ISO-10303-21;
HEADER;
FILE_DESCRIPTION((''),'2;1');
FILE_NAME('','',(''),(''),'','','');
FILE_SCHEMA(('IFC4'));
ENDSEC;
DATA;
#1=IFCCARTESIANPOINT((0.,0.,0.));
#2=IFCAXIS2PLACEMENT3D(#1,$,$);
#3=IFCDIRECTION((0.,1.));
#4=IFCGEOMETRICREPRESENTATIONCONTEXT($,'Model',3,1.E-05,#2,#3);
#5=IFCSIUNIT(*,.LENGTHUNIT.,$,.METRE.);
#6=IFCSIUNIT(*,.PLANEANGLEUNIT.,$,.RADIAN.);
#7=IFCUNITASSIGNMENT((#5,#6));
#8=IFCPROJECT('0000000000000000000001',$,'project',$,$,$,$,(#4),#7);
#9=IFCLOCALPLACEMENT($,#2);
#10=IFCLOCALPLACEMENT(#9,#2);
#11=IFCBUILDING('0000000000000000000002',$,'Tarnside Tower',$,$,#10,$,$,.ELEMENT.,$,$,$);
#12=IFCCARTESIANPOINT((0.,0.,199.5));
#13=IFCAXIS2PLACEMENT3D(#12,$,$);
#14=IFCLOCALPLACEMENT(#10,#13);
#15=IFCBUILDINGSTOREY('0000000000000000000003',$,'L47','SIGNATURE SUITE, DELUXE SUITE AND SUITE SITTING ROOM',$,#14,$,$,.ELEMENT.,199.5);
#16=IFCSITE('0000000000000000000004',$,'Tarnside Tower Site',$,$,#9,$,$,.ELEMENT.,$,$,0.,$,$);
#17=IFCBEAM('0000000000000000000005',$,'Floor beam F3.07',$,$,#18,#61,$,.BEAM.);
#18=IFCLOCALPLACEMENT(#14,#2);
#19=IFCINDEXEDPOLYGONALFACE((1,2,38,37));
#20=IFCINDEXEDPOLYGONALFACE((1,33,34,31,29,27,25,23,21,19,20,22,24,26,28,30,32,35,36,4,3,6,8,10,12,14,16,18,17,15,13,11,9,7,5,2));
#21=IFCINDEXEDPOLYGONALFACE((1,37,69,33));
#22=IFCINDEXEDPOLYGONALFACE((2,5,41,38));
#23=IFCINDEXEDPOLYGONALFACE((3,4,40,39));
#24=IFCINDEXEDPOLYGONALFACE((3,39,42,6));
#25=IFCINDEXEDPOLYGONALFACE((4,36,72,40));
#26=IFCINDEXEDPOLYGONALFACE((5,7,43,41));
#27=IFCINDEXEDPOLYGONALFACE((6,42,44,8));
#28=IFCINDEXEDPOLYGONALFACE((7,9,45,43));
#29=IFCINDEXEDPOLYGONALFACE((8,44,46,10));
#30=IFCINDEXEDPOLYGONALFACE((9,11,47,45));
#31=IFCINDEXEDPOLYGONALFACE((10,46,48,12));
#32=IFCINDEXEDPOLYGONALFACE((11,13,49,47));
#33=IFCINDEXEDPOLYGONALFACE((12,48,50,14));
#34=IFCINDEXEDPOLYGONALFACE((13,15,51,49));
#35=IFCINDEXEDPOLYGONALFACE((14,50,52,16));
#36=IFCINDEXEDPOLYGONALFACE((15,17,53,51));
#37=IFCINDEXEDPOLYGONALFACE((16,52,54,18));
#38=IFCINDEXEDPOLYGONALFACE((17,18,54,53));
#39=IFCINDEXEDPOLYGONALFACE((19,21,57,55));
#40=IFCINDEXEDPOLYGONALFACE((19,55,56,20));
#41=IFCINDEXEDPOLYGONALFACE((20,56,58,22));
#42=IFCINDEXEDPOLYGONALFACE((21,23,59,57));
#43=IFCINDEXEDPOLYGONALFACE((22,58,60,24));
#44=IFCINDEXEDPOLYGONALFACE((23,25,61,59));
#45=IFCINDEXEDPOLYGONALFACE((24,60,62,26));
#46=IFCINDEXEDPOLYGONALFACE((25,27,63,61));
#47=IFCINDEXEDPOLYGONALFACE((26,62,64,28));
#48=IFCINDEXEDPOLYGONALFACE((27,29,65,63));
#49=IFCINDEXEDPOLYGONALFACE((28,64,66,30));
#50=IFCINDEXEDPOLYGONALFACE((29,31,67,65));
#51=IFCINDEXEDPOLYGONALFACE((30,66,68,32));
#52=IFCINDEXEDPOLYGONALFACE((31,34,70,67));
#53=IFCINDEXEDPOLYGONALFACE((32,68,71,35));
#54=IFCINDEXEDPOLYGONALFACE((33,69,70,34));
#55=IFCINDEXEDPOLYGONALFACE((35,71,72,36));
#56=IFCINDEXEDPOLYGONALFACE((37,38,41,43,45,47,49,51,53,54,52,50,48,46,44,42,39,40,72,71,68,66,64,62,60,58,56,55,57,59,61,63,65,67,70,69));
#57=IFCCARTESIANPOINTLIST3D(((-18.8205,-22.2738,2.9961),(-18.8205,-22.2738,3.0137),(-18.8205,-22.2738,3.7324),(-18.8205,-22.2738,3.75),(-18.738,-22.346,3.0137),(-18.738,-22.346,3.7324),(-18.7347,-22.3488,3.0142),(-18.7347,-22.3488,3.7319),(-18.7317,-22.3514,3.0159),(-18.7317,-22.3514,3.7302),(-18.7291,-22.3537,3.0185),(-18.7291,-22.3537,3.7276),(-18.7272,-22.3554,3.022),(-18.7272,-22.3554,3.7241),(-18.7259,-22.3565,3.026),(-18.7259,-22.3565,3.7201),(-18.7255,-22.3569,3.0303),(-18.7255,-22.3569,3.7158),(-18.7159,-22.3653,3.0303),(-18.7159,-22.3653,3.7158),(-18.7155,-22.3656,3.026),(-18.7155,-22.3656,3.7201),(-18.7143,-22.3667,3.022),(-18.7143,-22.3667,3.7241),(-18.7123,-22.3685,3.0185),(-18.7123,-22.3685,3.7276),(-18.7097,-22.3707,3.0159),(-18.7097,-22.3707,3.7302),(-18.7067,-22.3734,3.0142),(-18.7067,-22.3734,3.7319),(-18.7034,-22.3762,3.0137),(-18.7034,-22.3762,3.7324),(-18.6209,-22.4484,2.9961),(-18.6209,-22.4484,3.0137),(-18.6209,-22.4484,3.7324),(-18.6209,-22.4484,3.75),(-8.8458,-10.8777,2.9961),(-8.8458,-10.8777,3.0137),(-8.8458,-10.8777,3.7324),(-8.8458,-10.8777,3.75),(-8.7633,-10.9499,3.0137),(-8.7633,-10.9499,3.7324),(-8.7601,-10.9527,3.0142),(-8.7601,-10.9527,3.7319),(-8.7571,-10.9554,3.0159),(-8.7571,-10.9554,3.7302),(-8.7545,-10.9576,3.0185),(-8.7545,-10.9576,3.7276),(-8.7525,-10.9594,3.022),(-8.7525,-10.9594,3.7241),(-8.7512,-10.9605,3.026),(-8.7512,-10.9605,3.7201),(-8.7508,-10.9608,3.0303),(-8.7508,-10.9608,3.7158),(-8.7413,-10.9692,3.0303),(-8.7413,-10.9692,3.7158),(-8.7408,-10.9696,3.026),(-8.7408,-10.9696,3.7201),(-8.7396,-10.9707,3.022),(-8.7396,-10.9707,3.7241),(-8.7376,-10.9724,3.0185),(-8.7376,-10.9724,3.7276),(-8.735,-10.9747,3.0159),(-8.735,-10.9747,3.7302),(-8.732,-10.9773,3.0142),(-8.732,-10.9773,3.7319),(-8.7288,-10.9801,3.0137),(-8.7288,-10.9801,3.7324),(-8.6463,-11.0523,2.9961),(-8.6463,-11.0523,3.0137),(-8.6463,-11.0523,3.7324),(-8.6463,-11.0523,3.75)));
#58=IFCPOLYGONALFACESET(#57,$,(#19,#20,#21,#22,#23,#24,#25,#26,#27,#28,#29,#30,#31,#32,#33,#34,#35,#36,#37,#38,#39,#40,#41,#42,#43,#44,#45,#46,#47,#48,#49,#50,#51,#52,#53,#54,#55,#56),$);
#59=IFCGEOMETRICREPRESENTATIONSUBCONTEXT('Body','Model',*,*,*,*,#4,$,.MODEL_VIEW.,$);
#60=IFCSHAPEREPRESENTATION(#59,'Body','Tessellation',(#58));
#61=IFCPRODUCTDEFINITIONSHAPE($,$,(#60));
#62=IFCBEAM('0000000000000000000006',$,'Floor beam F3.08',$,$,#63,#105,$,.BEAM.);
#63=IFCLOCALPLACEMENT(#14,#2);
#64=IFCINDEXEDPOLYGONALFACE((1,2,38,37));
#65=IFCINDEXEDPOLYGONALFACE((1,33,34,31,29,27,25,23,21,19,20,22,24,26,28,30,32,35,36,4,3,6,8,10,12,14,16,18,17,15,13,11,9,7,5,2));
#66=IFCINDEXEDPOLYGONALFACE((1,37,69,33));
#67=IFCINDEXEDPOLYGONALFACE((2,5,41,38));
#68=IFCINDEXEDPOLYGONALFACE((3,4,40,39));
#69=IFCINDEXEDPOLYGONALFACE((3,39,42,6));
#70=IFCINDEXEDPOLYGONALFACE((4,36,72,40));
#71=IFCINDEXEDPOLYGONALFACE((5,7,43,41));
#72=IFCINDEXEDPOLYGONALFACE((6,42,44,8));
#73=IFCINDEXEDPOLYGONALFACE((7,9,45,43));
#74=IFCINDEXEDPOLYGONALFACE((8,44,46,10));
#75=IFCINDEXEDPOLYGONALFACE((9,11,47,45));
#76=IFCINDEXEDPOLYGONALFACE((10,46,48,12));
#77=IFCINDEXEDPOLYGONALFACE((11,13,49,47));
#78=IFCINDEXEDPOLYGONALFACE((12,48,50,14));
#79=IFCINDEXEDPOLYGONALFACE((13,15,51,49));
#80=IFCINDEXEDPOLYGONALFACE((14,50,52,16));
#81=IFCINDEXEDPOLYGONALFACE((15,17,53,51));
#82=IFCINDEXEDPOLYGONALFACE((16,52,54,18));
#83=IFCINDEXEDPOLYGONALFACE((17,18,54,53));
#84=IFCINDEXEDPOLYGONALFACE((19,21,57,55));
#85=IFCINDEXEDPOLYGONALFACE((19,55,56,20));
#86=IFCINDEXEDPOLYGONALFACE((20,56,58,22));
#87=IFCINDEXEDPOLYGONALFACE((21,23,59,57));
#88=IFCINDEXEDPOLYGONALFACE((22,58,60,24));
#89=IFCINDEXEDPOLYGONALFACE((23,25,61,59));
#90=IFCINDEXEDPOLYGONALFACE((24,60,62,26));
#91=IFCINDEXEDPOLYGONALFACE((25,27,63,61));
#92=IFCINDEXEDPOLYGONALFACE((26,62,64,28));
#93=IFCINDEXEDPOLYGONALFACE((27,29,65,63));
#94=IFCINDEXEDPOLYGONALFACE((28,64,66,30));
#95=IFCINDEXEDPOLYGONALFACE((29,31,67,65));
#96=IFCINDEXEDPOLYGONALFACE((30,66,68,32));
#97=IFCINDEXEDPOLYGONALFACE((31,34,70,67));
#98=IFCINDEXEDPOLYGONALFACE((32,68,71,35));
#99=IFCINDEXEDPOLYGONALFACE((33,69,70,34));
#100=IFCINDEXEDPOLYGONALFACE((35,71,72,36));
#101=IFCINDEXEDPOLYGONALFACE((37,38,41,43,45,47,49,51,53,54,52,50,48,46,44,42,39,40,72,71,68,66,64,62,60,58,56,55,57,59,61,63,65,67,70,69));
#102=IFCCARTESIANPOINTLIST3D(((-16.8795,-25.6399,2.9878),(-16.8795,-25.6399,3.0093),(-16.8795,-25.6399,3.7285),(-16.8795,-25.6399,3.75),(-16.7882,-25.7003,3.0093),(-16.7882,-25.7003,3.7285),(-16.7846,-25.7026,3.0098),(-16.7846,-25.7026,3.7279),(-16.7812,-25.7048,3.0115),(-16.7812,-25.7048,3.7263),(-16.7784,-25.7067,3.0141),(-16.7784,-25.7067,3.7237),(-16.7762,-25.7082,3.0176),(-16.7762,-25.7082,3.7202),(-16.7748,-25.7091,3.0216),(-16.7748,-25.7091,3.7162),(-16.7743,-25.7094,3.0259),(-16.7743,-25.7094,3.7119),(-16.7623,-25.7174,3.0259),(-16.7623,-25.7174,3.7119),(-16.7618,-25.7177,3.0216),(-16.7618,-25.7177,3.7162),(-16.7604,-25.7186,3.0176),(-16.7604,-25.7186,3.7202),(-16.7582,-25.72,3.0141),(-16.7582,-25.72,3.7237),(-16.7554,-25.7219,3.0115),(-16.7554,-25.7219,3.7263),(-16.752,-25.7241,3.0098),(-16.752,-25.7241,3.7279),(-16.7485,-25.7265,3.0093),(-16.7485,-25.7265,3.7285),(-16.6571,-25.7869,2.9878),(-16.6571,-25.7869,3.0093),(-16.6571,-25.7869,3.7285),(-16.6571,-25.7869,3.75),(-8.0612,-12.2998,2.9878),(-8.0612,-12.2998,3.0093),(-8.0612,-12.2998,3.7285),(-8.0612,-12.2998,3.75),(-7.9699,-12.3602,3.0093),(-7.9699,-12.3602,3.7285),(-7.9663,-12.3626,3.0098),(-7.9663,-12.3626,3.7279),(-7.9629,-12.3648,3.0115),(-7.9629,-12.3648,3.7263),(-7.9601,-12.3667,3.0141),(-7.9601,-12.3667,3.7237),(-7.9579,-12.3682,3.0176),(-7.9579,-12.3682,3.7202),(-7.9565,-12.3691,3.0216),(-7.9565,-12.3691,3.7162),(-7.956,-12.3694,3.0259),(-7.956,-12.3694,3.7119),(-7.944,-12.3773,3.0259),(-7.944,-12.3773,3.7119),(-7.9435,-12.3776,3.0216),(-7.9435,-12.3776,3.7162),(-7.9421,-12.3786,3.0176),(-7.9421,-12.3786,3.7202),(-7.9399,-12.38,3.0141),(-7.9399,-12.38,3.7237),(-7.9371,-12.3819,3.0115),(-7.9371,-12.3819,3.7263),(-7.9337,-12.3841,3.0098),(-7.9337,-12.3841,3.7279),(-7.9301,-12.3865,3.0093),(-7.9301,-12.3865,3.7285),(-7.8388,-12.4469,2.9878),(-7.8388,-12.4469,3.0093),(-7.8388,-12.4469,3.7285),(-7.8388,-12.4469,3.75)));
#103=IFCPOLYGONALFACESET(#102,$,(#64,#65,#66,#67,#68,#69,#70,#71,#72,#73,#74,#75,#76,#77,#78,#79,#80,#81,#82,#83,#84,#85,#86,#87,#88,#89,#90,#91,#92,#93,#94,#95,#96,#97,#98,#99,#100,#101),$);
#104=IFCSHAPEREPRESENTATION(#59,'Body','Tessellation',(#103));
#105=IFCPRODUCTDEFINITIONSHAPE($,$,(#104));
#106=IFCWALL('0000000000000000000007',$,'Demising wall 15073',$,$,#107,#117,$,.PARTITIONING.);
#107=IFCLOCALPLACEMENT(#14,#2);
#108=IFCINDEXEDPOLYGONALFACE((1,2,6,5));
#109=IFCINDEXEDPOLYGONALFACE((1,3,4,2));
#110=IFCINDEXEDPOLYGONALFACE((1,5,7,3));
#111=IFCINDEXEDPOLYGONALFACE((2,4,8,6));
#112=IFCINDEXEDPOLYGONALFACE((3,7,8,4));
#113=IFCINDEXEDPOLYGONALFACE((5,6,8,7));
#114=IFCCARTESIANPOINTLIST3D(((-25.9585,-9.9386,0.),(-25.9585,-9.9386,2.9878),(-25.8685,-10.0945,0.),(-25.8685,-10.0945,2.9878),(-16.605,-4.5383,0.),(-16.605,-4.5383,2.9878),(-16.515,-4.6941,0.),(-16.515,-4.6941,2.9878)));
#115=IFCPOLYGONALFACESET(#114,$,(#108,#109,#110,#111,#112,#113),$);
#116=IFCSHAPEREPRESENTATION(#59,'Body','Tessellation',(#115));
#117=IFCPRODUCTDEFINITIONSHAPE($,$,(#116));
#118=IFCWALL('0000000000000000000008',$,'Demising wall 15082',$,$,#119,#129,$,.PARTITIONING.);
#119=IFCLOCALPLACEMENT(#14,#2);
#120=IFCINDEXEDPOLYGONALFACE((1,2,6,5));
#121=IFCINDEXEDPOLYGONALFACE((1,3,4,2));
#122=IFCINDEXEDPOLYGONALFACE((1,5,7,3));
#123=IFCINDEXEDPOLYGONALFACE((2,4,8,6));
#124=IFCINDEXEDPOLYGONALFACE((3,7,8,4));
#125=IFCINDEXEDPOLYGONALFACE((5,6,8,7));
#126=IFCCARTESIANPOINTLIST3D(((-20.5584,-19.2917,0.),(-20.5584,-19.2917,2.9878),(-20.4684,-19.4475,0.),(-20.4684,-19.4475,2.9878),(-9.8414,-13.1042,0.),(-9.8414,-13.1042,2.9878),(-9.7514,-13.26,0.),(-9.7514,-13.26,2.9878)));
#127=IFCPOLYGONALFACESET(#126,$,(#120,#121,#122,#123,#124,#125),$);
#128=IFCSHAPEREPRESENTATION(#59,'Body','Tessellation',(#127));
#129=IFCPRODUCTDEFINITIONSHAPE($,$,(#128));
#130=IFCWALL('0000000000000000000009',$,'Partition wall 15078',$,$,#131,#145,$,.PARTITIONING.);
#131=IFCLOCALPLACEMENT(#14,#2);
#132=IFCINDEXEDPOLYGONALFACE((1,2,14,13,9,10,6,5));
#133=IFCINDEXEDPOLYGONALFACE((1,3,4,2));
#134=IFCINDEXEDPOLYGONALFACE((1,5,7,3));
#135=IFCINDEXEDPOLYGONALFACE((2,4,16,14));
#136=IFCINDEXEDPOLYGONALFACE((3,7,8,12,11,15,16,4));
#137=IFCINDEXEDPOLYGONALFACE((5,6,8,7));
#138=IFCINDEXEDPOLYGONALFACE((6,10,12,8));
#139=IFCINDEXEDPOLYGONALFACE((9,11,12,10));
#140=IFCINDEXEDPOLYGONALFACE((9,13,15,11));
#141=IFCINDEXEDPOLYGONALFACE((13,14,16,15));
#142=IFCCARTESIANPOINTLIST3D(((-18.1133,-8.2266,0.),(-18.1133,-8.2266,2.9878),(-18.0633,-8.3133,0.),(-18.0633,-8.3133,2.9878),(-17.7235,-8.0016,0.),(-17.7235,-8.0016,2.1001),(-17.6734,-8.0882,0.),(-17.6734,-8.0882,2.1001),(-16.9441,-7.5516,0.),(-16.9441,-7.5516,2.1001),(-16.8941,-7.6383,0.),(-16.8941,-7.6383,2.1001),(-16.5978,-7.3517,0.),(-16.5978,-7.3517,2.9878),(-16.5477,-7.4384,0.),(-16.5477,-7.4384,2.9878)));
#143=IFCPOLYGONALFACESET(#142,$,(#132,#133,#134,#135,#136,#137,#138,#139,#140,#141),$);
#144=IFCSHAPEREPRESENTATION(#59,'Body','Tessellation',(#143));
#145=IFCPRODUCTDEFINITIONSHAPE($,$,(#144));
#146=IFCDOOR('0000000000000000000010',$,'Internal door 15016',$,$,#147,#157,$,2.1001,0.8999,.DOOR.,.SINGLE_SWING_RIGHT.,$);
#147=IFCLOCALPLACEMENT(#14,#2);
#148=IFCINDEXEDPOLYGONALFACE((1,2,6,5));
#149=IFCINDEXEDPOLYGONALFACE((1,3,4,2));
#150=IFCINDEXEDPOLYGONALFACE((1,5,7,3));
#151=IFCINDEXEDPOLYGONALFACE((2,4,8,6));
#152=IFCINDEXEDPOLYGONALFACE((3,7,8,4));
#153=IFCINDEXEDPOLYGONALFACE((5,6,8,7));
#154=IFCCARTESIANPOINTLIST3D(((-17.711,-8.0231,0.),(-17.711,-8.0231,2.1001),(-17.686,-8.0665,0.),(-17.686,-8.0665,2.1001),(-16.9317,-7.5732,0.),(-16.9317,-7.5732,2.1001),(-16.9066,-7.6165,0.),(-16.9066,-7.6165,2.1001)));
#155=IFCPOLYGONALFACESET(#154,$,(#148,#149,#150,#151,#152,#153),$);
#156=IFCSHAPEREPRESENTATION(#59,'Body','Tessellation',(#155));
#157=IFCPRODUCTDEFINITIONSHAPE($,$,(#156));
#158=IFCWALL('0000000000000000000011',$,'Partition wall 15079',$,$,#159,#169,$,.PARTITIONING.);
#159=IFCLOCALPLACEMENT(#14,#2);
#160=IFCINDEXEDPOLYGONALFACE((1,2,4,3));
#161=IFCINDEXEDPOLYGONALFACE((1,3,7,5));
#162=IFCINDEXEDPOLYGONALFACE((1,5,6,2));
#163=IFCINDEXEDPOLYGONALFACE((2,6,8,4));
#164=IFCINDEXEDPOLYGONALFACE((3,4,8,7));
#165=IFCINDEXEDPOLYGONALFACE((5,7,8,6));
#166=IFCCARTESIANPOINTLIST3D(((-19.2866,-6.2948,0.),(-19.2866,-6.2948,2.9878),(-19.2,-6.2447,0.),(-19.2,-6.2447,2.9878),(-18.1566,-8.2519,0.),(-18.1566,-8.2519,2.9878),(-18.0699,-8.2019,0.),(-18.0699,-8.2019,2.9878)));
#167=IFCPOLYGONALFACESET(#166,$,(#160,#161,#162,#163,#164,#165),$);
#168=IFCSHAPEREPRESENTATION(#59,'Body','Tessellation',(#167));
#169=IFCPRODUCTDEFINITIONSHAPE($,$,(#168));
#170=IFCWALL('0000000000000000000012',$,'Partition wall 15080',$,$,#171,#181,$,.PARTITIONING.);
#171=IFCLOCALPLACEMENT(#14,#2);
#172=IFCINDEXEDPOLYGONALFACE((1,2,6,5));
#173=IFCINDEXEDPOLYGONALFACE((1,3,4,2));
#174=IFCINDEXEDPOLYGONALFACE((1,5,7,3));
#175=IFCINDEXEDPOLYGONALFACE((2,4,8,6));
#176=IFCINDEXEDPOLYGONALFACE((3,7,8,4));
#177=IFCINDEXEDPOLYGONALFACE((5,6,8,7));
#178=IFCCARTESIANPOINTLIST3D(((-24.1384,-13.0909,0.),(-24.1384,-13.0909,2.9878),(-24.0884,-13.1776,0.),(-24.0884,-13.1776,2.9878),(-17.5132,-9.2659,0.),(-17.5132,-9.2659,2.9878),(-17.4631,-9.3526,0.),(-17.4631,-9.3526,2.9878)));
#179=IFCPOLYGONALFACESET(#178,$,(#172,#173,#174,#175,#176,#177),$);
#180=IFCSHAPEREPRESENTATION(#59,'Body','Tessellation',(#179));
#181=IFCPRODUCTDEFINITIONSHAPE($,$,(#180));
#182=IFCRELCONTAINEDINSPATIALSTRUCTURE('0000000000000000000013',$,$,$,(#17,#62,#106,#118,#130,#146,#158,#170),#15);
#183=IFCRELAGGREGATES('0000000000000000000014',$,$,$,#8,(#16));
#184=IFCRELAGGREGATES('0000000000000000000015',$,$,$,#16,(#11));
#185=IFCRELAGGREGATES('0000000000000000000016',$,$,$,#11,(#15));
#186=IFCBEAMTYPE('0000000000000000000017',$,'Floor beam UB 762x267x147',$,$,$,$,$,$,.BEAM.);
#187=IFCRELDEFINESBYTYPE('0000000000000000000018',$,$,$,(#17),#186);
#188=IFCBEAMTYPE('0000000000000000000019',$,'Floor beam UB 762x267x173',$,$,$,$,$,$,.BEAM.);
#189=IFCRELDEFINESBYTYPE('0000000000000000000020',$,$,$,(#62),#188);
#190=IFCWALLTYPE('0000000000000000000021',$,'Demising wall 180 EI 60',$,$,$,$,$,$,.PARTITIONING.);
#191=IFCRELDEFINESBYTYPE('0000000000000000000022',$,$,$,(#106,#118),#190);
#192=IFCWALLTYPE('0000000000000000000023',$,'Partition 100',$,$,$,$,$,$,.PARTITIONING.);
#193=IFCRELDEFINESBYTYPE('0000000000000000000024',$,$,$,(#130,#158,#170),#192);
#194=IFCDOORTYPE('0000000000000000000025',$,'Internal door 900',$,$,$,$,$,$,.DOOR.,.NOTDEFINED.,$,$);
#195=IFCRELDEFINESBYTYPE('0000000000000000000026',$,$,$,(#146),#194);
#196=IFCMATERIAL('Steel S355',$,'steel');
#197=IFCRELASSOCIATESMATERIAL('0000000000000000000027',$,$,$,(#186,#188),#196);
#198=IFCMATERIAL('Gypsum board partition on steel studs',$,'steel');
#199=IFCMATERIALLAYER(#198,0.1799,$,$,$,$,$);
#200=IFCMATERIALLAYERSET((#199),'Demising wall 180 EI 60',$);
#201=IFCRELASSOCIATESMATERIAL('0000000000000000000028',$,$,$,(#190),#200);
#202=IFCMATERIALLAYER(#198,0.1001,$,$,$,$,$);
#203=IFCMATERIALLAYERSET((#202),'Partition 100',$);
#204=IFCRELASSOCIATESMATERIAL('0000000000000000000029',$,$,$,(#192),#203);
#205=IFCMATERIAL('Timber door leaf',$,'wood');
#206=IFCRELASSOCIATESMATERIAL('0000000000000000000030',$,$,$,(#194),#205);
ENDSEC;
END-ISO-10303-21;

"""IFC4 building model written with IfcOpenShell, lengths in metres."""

from ifc_helpers import new_model, si_unit, direction, frame, frame_2d, origin, origin_2d, place, context, subcontext, project, spatial, rectangle, i_section, extrude, material, layer, layer_set, material_profile, profile_set, type_object, element, fill, save


model = new_model("IFC4")

# Units and contexts
model_context = context("Model", 3, precision=1e-05, world=origin(), true_north=direction((0.0, 1.0)))
body_context = subcontext(model_context, "Body", "Model", "MODEL_VIEW")
ifc_project = project(units=[si_unit("LENGTHUNIT", "METRE"), si_unit("PLANEANGLEUNIT", "RADIAN")], contexts=[model_context])

# Site, building, storey
site_placement = place(None, origin())
site = spatial("IfcSite", under=ifc_project, at=site_placement, Name="Tarnside Tower Site", CompositionType="ELEMENT", RefElevation=0.0)
building_placement = place(site_placement, origin())
building = spatial("IfcBuilding", under=site, at=building_placement, Name="Tarnside Tower", CompositionType="ELEMENT")
storey_placement = place(building_placement, frame((0.0, 0.0, 199.5)))
storey = spatial("IfcBuildingStorey", under=building, at=storey_placement, Name="L47", Description="SIGNATURE SUITE, DELUXE SUITE AND SUITE SITTING ROOM", CompositionType="ELEMENT", Elevation=199.5)

# Beams
ifc_material_1 = material(Name="Steel S355", Category="steel")
ifc_material_profile_1 = material_profile(ifc_material_1, i_section(OverallWidth=0.2651, OverallDepth=0.7539, WebThickness=0.0127, FlangeThickness=0.0176, FilletRadius=0.0166, at=origin_2d()), Name="UB 762x267x147")
ifc_profile_set_1 = profile_set([ifc_material_profile_1], Name="Steel S355")
beam_type_1 = type_object("IfcBeamType", Name="Floor beam UB 762x267x147", PredefinedType="BEAM", material=ifc_profile_set_1)
beam_1_placement = place(storey_placement, frame((-18.7207, -22.3611, 3.373), z_axis=(0.658621, 0.752475, 0.0), x_axis=(-0.752475, 0.658621, 0.0)))
element("IfcBeam", 1, at=beam_1_placement, inside=storey, type_object=beam_type_1, Name="Floor beam F3.07", PredefinedType="BEAM", context=body_context, shape_type="SweptSolid", body=[
    extrude(i_section(OverallWidth=0.2651, OverallDepth=0.7539, WebThickness=0.0127, FlangeThickness=0.0176, FilletRadius=0.0166, at=origin_2d()), origin(), (0.0, 0.0, 1.0), 15.1448),
])
ifc_material_profile_2 = material_profile(ifc_material_1, i_section(OverallWidth=0.2666, OverallDepth=0.7622, WebThickness=0.0144, FlangeThickness=0.0215, FilletRadius=0.0166, at=origin_2d()), Name="UB 762x267x173")
ifc_profile_set_2 = profile_set([ifc_material_profile_2], Name="Steel S355")
beam_type_2 = type_object("IfcBeamType", Name="Floor beam UB 762x267x173", PredefinedType="BEAM", material=ifc_profile_set_2)
beam_2_placement = place(storey_placement, frame((-16.7683, -25.7134, 3.3689), z_axis=(0.551448, 0.83421, 0.0), x_axis=(-0.83421, 0.551448, 0.0)))
element("IfcBeam", 2, at=beam_2_placement, inside=storey, type_object=beam_type_2, Name="Floor beam F3.08", PredefinedType="BEAM", context=body_context, shape_type="SweptSolid", body=[
    extrude(i_section(OverallWidth=0.2666, OverallDepth=0.7622, WebThickness=0.0144, FlangeThickness=0.0215, FilletRadius=0.0166, at=origin_2d()), origin(), (0.0, 0.0, 1.0), 15.9912),
])

# Walls
ifc_material_2 = material(Name="Gypsum board partition on steel studs", Category="steel")
ifc_layer_1 = layer(ifc_material_2, 0.1799)
ifc_layer_set_1 = layer_set([ifc_layer_1], Name="Demising wall 180 EI 60")
wall_type_1 = type_object("IfcWallType", Name="Demising wall 180 EI 60", PredefinedType="PARTITIONING", material=ifc_layer_set_1)
wall_1_placement = place(storey_placement, frame((-25.9136, -10.0166, 0.0), z_axis=(0.0, 0.0, 1.0), x_axis=(0.86602, 0.500009, 0.0)))
element("IfcWall", 3, at=wall_1_placement, inside=storey, type_object=wall_type_1, Name="Demising wall 15073", PredefinedType="PARTITIONING", context=body_context, shape_type="SweptSolid", body=[
    extrude(rectangle(XDim=10.8005, YDim=0.1799, at=frame_2d((5.4004, 0.0))), origin(), (0.0, 0.0, 1.0), 2.9878),
])
wall_2_placement = place(storey_placement, frame((-20.5134, -19.3696, 0.0), z_axis=(0.0, 0.0, 1.0), x_axis=(0.866025, 0.500001, 0.0)))
element("IfcWall", 4, at=wall_2_placement, inside=storey, type_object=wall_type_1, Name="Demising wall 15082", PredefinedType="PARTITIONING", context=body_context, shape_type="SweptSolid", body=[
    extrude(rectangle(XDim=12.375, YDim=0.1799, at=frame_2d((6.1875, 0.0))), origin(), (0.0, 0.0, 1.0), 2.9878),
])

# Wall, opening, door
ifc_layer_2 = layer(ifc_material_2, 0.1001)
ifc_layer_set_2 = layer_set([ifc_layer_2], Name="Partition 100")
wall_type_2 = type_object("IfcWallType", Name="Partition 100", PredefinedType="PARTITIONING", material=ifc_layer_set_2)
wall_3_placement = place(storey_placement, frame((-16.5728, -7.395, 0.0), z_axis=(0.0, 0.0, 1.0), x_axis=(-0.866037, -0.49998, 0.0)))
wall_3 = element("IfcWall", 5, at=wall_3_placement, inside=storey, type_object=wall_type_2, Name="Partition wall 15078", PredefinedType="PARTITIONING", context=body_context, shape_type="SweptSolid", body=[
    extrude(rectangle(XDim=1.75, YDim=0.1001, at=frame_2d((0.875, 0.0))), origin(), (0.0, 0.0, 1.0), 2.9878),
])
opening_1_placement = place(wall_3_placement, frame((0.3999, 0.0, 0.0)))
opening_1 = element("IfcOpeningElement", 6, at=opening_1_placement, cuts=wall_3, PredefinedType="OPENING", context=body_context, shape_type="SweptSolid", body=[
    extrude(rectangle(XDim=0.8999, YDim=2.1001, at=frame_2d((0.45, 1.05))), frame((0.0, 0.0601, 0.0), z_axis=(0.0, -1.0, 0.0), x_axis=(1.0, 0.0, 0.0)), (0.0, 0.0, 1.0), 0.1201),
])
ifc_material_3 = material(Name="Timber door leaf", Category="wood")
door_type = type_object("IfcDoorType", Name="Internal door 900", OperationType="NOTDEFINED", PredefinedType="DOOR", material=ifc_material_3)
door_1_placement = place(opening_1_placement, origin())
door_1 = element("IfcDoor", 7, at=door_1_placement, inside=storey, type_object=door_type, Name="Internal door 15016", OperationType="SINGLE_SWING_RIGHT", OverallHeight=2.1001, OverallWidth=0.8999, PredefinedType="DOOR", context=body_context, shape_type="SweptSolid", body=[
    extrude(rectangle(XDim=0.8999, YDim=2.1001, at=frame_2d((0.45, 1.05))), frame((0.0, 0.0249, 0.0), z_axis=(0.0, -1.0, 0.0), x_axis=(1.0, 0.0, 0.0)), (0.0, 0.0, 1.0), 0.05),
])
fill(opening_1, door_1)

# Walls
wall_4_placement = place(storey_placement, frame((-18.1133, -8.2268, 0.0), z_axis=(0.0, 0.0, 1.0), x_axis=(-0.500031, 0.866007, 0.0)))
element("IfcWall", 8, at=wall_4_placement, inside=storey, type_object=wall_type_2, Name="Partition wall 15079", PredefinedType="PARTITIONING", context=body_context, shape_type="SweptSolid", body=[
    extrude(rectangle(XDim=2.26, YDim=0.1001, at=frame_2d((1.1299, 0.0))), origin(), (0.0, 0.0, 1.0), 2.9878),
])
wall_5_placement = place(storey_placement, frame((-24.1135, -13.1343, 0.0), z_axis=(0.0, 0.0, 1.0), x_axis=(0.866033, 0.499987, 0.0)))
element("IfcWall", 9, at=wall_5_placement, inside=storey, type_object=wall_type_2, Name="Partition wall 15080", PredefinedType="PARTITIONING", context=body_context, shape_type="SweptSolid", body=[
    extrude(rectangle(XDim=7.6501, YDim=0.1001, at=frame_2d((3.8252, 0.0))), origin(), (0.0, 0.0, 1.0), 2.9878),
])

save(model, "model.ifc")
